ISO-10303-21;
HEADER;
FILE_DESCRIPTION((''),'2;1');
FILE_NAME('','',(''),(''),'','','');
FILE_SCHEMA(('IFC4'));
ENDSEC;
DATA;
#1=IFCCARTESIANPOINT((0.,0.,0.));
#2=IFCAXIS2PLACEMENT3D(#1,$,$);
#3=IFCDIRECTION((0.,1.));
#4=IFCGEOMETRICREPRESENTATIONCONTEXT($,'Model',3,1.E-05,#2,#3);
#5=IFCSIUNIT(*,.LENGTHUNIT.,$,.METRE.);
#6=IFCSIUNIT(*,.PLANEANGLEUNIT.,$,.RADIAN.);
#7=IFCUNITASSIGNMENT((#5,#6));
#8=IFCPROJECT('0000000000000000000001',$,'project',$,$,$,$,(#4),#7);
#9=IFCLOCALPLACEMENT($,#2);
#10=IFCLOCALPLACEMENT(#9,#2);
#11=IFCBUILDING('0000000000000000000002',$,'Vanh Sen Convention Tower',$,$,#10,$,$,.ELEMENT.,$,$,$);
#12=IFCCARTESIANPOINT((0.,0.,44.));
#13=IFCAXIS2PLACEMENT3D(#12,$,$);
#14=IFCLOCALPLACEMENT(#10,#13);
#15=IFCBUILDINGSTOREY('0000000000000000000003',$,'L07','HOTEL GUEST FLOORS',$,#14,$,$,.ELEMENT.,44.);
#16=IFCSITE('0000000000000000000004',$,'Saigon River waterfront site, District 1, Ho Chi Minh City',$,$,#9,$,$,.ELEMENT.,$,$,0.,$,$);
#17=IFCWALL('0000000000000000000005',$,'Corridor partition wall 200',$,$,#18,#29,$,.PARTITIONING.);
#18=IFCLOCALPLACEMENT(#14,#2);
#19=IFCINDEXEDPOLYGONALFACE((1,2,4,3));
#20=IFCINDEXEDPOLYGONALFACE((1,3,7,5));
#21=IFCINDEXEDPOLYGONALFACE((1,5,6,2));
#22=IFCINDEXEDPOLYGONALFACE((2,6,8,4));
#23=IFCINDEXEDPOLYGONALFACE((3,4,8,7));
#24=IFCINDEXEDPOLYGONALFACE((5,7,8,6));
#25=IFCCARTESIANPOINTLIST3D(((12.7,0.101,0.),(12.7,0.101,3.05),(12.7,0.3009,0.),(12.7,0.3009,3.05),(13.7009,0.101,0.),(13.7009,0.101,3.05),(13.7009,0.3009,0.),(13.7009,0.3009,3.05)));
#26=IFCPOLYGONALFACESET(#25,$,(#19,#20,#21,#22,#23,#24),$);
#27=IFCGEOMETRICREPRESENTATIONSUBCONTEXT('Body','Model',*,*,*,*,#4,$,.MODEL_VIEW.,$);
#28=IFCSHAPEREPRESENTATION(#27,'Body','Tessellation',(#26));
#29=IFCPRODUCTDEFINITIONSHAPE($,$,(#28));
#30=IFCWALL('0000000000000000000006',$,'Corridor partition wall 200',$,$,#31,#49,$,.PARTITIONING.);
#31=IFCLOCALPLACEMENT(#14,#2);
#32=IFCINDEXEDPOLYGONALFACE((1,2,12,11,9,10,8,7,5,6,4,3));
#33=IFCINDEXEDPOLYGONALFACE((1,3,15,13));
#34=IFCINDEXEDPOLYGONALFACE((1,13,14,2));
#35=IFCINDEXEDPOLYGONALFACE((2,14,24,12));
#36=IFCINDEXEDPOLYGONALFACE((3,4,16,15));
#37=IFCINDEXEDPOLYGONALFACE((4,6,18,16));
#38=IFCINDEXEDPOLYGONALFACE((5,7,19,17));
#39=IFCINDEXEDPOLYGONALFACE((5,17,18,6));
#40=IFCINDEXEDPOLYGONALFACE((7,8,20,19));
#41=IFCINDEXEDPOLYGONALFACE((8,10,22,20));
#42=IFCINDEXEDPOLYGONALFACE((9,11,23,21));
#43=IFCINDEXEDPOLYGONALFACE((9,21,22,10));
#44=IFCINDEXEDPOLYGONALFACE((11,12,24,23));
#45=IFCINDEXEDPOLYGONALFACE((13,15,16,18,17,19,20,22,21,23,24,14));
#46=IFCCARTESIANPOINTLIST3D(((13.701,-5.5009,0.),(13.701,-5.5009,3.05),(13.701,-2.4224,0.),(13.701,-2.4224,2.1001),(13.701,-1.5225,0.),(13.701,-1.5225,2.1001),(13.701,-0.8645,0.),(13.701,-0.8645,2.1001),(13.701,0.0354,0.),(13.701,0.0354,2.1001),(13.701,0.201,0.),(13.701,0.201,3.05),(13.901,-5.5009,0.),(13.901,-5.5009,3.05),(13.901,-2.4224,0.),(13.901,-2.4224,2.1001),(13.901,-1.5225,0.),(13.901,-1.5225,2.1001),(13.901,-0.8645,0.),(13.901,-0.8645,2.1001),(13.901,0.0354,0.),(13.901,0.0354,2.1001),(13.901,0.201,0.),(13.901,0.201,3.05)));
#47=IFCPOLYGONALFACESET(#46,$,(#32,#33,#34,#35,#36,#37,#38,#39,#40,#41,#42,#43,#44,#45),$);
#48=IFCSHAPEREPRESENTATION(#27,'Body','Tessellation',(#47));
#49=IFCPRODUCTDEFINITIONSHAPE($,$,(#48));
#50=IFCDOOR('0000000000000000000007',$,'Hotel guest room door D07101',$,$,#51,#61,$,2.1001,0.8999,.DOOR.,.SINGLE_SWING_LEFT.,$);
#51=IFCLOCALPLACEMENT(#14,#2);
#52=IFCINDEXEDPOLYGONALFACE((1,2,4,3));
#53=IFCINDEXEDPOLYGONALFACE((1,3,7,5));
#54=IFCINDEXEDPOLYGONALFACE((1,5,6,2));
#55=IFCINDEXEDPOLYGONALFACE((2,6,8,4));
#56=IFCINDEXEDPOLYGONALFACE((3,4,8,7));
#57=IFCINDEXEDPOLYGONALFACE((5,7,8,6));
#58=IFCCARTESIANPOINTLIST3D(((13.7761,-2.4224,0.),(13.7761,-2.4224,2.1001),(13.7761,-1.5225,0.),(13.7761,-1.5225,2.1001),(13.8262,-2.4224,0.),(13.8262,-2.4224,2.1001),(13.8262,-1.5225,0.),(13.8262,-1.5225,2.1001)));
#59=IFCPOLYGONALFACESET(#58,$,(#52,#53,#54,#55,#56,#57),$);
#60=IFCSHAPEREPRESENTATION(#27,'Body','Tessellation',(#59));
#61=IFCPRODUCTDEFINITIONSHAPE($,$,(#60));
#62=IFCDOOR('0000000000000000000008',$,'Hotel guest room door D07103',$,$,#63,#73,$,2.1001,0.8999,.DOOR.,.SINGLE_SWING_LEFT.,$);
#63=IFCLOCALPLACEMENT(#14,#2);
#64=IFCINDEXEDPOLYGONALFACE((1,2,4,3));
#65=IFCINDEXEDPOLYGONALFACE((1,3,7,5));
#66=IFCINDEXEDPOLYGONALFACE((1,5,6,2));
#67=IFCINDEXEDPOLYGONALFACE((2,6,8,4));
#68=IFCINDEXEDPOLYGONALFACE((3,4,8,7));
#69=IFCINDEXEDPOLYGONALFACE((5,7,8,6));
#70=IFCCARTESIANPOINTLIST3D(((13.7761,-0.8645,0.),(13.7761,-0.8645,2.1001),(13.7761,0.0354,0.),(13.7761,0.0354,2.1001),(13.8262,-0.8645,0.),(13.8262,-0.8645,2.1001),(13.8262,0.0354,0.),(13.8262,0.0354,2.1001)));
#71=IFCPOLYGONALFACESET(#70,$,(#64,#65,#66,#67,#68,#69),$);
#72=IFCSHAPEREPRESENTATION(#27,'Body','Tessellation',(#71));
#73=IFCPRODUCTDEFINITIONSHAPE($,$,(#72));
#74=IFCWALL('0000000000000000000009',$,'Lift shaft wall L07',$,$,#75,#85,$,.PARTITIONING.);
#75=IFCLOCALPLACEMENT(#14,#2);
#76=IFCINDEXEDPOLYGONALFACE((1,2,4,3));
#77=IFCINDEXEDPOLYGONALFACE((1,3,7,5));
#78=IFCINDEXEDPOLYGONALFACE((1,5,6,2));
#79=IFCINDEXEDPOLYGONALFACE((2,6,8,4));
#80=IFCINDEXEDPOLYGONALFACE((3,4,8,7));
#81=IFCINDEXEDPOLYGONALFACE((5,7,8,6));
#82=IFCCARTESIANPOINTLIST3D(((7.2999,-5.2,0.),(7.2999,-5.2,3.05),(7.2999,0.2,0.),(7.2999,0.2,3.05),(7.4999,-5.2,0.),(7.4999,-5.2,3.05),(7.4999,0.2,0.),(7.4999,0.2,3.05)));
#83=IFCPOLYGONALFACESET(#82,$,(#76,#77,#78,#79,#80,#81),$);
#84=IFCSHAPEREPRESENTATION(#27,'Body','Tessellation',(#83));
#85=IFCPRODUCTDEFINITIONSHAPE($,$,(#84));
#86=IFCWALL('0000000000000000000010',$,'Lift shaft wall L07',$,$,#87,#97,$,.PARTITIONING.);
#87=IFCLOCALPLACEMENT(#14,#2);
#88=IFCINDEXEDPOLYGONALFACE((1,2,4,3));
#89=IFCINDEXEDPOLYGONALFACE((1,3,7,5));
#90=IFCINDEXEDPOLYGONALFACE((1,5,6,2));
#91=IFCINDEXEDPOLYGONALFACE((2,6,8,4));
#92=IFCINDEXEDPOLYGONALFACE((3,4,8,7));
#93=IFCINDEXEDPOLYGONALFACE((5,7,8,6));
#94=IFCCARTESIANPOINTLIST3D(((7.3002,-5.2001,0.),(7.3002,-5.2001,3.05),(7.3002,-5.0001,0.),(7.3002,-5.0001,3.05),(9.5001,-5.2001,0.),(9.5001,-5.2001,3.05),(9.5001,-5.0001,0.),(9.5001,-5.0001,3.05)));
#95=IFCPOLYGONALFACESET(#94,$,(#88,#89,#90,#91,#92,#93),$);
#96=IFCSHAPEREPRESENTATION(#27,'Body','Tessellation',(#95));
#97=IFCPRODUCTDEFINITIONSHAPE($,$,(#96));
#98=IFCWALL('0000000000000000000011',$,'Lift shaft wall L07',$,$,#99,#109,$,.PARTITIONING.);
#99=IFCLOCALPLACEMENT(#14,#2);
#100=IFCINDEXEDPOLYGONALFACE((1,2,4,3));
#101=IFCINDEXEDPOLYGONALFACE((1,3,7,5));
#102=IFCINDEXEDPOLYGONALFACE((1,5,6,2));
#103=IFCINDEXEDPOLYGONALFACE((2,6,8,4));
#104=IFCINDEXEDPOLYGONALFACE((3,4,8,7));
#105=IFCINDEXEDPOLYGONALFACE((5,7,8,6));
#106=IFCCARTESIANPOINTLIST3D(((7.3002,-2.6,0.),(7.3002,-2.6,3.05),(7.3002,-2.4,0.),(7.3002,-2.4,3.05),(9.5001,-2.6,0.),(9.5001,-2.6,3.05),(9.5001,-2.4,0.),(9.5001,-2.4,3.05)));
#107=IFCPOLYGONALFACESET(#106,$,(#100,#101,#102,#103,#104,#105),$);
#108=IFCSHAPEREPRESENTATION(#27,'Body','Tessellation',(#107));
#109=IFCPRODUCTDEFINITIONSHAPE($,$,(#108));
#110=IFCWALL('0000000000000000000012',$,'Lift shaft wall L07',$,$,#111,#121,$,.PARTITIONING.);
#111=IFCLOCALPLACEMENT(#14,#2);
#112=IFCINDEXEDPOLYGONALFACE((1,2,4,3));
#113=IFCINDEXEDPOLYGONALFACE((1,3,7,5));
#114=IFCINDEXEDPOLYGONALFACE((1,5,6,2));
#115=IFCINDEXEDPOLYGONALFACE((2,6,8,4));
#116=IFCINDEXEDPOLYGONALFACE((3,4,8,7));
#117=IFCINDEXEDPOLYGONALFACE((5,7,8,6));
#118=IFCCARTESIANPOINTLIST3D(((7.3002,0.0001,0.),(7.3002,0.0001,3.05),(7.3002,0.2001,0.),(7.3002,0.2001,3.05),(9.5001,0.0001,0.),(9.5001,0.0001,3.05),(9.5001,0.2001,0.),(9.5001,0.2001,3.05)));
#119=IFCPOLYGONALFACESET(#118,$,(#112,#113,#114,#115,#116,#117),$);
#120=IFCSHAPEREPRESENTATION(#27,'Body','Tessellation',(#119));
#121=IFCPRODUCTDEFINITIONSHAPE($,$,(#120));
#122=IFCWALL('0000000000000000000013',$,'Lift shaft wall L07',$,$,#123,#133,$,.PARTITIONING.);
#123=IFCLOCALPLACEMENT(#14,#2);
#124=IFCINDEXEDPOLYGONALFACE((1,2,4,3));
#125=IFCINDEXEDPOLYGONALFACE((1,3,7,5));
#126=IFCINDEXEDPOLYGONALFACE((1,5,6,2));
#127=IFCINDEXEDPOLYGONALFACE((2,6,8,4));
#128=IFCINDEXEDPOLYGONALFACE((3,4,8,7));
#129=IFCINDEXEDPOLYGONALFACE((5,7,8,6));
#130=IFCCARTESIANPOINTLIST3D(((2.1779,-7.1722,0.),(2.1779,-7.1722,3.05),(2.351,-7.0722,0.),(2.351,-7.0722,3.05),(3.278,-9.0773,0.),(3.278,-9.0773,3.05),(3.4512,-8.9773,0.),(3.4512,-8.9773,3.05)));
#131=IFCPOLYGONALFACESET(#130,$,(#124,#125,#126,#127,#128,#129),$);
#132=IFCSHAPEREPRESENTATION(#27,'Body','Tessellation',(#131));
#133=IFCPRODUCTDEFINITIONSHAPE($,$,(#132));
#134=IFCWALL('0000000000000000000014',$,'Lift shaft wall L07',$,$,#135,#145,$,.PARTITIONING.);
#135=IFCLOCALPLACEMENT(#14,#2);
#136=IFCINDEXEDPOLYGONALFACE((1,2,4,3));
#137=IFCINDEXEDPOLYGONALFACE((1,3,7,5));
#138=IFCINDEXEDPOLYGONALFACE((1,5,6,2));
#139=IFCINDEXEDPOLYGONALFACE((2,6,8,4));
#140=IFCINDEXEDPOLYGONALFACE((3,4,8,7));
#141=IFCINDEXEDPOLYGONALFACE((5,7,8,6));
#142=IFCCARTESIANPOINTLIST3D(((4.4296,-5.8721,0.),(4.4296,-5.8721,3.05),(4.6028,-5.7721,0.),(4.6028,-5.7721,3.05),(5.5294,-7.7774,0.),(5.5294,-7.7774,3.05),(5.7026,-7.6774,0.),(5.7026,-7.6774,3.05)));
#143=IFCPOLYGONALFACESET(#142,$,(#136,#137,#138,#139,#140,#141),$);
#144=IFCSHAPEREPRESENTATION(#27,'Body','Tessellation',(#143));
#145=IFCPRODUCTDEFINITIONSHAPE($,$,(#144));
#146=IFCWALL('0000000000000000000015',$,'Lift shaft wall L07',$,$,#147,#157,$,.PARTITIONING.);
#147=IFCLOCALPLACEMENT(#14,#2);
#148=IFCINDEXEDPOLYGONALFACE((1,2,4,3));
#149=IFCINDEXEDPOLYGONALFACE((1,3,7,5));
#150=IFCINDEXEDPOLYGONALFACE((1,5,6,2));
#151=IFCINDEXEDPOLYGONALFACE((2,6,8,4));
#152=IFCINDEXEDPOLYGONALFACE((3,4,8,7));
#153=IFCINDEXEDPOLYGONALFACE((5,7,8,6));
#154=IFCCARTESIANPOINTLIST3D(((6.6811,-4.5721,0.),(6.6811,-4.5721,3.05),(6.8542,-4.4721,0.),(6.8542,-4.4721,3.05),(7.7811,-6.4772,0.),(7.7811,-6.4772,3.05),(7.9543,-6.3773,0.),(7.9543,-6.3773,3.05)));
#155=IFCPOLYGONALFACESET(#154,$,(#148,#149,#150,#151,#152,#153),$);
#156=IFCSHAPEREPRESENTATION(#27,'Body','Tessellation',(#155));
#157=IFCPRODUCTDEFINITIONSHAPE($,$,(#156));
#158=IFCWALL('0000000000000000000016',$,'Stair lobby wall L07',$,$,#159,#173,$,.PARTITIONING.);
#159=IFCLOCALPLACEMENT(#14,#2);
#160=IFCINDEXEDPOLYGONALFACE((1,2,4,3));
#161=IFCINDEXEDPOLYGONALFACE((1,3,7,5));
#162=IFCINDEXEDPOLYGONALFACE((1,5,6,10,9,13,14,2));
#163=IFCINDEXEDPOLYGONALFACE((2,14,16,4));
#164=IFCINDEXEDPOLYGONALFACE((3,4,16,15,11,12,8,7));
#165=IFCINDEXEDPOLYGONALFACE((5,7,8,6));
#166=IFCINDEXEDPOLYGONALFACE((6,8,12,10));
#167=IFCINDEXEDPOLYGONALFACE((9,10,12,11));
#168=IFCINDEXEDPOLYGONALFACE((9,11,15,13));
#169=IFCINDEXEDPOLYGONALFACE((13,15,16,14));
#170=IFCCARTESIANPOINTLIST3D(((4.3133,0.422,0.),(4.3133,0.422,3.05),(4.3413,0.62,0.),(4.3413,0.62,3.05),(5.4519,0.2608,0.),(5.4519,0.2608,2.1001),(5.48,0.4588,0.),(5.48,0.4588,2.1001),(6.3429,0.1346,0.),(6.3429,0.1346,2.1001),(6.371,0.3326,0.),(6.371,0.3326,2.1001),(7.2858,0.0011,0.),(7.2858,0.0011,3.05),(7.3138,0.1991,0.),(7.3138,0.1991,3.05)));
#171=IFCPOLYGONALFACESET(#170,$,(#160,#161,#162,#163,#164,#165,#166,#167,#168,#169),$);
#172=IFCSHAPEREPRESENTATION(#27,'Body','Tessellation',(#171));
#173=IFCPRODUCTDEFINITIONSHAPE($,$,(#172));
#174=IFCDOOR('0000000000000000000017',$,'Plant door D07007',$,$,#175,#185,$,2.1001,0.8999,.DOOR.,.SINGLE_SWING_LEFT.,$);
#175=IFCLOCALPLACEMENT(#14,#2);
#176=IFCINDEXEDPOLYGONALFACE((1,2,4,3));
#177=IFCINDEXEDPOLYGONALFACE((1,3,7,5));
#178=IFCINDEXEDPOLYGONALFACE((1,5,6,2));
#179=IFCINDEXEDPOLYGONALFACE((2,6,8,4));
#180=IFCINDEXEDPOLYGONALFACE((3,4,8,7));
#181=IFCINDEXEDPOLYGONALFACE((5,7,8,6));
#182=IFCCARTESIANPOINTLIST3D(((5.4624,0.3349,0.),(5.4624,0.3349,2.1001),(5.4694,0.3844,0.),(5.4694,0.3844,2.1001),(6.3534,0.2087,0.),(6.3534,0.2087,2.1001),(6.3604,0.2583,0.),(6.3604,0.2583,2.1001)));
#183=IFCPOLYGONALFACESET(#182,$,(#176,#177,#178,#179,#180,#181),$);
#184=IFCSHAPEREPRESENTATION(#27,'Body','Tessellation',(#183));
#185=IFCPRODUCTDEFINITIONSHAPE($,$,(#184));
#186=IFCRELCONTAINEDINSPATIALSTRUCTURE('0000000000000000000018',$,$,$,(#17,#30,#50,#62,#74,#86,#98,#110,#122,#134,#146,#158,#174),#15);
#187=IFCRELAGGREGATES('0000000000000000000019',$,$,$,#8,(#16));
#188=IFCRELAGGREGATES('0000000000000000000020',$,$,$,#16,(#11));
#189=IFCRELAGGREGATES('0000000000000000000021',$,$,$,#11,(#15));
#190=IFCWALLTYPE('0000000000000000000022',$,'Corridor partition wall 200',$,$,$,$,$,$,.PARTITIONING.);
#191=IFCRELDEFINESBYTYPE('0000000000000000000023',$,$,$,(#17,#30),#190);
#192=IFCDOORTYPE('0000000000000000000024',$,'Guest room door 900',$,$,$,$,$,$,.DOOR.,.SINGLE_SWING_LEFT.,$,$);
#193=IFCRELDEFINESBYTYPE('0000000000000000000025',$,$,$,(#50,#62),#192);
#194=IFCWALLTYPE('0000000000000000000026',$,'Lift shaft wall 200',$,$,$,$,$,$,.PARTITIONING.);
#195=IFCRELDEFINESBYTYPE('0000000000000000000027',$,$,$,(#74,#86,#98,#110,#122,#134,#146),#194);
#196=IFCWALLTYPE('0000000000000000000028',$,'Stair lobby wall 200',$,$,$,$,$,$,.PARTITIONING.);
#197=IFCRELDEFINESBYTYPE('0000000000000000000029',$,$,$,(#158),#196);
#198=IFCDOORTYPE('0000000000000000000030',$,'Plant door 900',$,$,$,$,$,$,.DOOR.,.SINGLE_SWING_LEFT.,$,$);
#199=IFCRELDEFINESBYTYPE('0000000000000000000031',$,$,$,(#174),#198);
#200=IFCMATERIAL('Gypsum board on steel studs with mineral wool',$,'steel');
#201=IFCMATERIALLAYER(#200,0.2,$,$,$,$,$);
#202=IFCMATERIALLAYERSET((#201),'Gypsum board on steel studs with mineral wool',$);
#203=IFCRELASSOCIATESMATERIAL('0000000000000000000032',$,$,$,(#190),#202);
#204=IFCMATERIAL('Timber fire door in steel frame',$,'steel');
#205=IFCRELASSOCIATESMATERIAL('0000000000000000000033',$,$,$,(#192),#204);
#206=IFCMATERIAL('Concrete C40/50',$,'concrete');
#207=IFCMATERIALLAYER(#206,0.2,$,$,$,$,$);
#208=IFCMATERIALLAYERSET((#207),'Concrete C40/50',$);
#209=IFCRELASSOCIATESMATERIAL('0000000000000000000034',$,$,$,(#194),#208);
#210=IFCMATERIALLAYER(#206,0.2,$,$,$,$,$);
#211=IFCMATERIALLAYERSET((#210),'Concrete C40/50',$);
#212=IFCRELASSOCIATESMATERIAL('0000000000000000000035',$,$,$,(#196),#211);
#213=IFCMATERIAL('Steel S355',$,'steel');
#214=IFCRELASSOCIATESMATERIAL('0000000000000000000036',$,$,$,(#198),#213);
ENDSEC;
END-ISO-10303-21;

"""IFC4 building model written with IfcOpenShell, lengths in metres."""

from ifc_helpers import new_model, si_unit, direction, frame, frame_2d, origin, place, context, subcontext, project, spatial, rectangle, extrude, material, layer, layer_set, type_object, element, fill, save


model = new_model("IFC4")

# Units and contexts
model_context = context("Model", 3, precision=1e-05, world=origin(), true_north=direction((0.0, 1.0)))
body_context = subcontext(model_context, "Body", "Model", "MODEL_VIEW")
ifc_project = project(units=[si_unit("LENGTHUNIT", "METRE"), si_unit("PLANEANGLEUNIT", "RADIAN")], contexts=[model_context])

# Site, building, storey
site_placement = place(None, origin())
site = spatial("IfcSite", under=ifc_project, at=site_placement, Name="Saigon River waterfront site, District 1, Ho Chi Minh City", CompositionType="ELEMENT", RefElevation=0.0)
building_placement = place(site_placement, origin())
building = spatial("IfcBuilding", under=site, at=building_placement, Name="Vanh Sen Convention Tower", CompositionType="ELEMENT")
storey_placement = place(building_placement, frame((0.0, 0.0, 44.0)))
storey = spatial("IfcBuildingStorey", under=building, at=storey_placement, Name="L07", Description="HOTEL GUEST FLOORS", CompositionType="ELEMENT", Elevation=44.0)

# Shared definitions
ifc_material_1 = material(Name="Steel S355", Category="steel")

# Shared definitions
ifc_material_2 = material(Name="Gypsum board on steel studs with mineral wool", Category="steel")
ifc_layer_1 = layer(ifc_material_2, 0.2)
ifc_layer_set_1 = layer_set([ifc_layer_1], Name="Gypsum board on steel studs with mineral wool")
wall_type_1 = type_object("IfcWallType", Name="Corridor partition wall 200", PredefinedType="PARTITIONING", material=ifc_layer_set_1)

# Shared definitions
ifc_material_3 = material(Name="Timber fire door in steel frame", Category="steel")

# Wall
wall_1_placement = place(storey_placement, frame((13.7009, 0.2009, 0.0), z_axis=(0.0, 0.0, 1.0), x_axis=(-1.0, 0.0, 0.0)))
element("IfcWall", 1, at=wall_1_placement, inside=storey, type_object=wall_type_1, Name="Corridor partition wall 200", PredefinedType="PARTITIONING", context=body_context, shape_type="SweptSolid", body=[
    extrude(rectangle(XDim=1.001, YDim=0.2, at=frame_2d((0.5005, 0.0))), origin(), (0.0, 0.0, 1.0), 3.05),
])

# Wall, openings, doors
wall_2_placement = place(storey_placement, frame((13.801, -5.501, 0.0), z_axis=(0.0, 0.0, 1.0), x_axis=(0.0, 1.0, 0.0)))
wall_2 = element("IfcWall", 2, at=wall_2_placement, inside=storey, type_object=wall_type_1, Name="Corridor partition wall 200", PredefinedType="PARTITIONING", context=body_context, shape_type="SweptSolid", body=[
    extrude(rectangle(XDim=5.7019, YDim=0.2, at=frame_2d((2.8511, 0.0))), origin(), (0.0, 0.0, 1.0), 3.05),
])
opening_1_placement = place(wall_2_placement, frame((3.0786, 0.0, 0.0)))
opening_1 = element("IfcOpeningElement", 3, at=opening_1_placement, cuts=wall_2, PredefinedType="OPENING", context=body_context, shape_type="SweptSolid", body=[
    extrude(rectangle(XDim=0.8999, YDim=2.1001, at=frame_2d((0.45, 1.05))), frame((0.0, 0.1099, 0.0), z_axis=(0.0, -1.0, 0.0), x_axis=(1.0, 0.0, 0.0)), (0.0, 0.0, 1.0), 0.22),
])
opening_2_placement = place(wall_2_placement, frame((4.6365, 0.0, 0.0)))
opening_2 = element("IfcOpeningElement", 4, at=opening_2_placement, cuts=wall_2, PredefinedType="OPENING", context=body_context, shape_type="SweptSolid", body=[
    extrude(rectangle(XDim=0.8999, YDim=2.1001, at=frame_2d((0.45, 1.05))), frame((0.0, 0.1099, 0.0), z_axis=(0.0, -1.0, 0.0), x_axis=(1.0, 0.0, 0.0)), (0.0, 0.0, 1.0), 0.22),
])
door_type_1 = type_object("IfcDoorType", Name="Guest room door 900", OperationType="SINGLE_SWING_LEFT", PredefinedType="DOOR", material=ifc_material_3)
door_1_placement = place(opening_1_placement, origin())
door_1 = element("IfcDoor", 5, at=door_1_placement, inside=storey, type_object=door_type_1, Name="Hotel guest room door D07101", OperationType="SINGLE_SWING_LEFT", OverallHeight=2.1001, OverallWidth=0.8999, PredefinedType="DOOR", context=body_context, shape_type="SweptSolid", body=[
    extrude(rectangle(XDim=0.8999, YDim=2.1001, at=frame_2d((0.45, 1.05))), frame((0.0, 0.0249, 0.0), z_axis=(0.0, -1.0, 0.0), x_axis=(1.0, 0.0, 0.0)), (0.0, 0.0, 1.0), 0.05),
])
fill(opening_1, door_1)
door_2_placement = place(opening_2_placement, origin())
door_2 = element("IfcDoor", 6, at=door_2_placement, inside=storey, type_object=door_type_1, Name="Hotel guest room door D07103", OperationType="SINGLE_SWING_LEFT", OverallHeight=2.1001, OverallWidth=0.8999, PredefinedType="DOOR", context=body_context, shape_type="SweptSolid", body=[
    extrude(rectangle(XDim=0.8999, YDim=2.1001, at=frame_2d((0.45, 1.05))), frame((0.0, 0.0249, 0.0), z_axis=(0.0, -1.0, 0.0), x_axis=(1.0, 0.0, 0.0)), (0.0, 0.0, 1.0), 0.05),
])
fill(opening_2, door_2)

# Walls
ifc_material_4 = material(Name="Concrete C40/50", Category="concrete")
ifc_layer_2 = layer(ifc_material_4, 0.2)
ifc_layer_set_2 = layer_set([ifc_layer_2], Name="Concrete C40/50")
wall_type_2 = type_object("IfcWallType", Name="Lift shaft wall 200", PredefinedType="PARTITIONING", material=ifc_layer_set_2)
wall_3_placement = place(storey_placement, frame((7.3999, -5.2, 0.0), z_axis=(0.0, 0.0, 1.0), x_axis=(0.0, 1.0, 0.0)))
element("IfcWall", 7, at=wall_3_placement, inside=storey, type_object=wall_type_2, Name="Lift shaft wall L07", PredefinedType="PARTITIONING", context=body_context, shape_type="SweptSolid", body=[
    extrude(rectangle(XDim=5.3999, YDim=0.2, at=frame_2d((2.7, 0.0))), origin(), (0.0, 0.0, 1.0), 3.05),
])
for number, where, z_axis, x_axis, name in (
    (8, (7.3, -5.1001, 0.0), (0.0, 0.0, 1.0), (1.0, 0.0, 0.0), "Lift shaft wall L07"),
    (9, (7.3, -2.5, 0.0), (0.0, 0.0, 1.0), (1.0, 0.0, 0.0), "Lift shaft wall L07"),
    (10, (7.3, 0.1001, 0.0), (0.0, 0.0, 1.0), (1.0, 0.0, 0.0), "Lift shaft wall L07"),
    (11, (2.2644, -7.1221, 0.0), (0.0, 0.0, 1.0), (0.500078, -0.86598, 0.0), "Lift shaft wall L07"),
    (12, (4.5161, -5.822, 0.0), (0.0, 0.0, 1.0), (0.499947, -0.866056, 0.0), "Lift shaft wall L07"),
    (13, (6.7676, -4.522, 0.0), (0.0, 0.0, 1.0), (0.50003, -0.866008, 0.0), "Lift shaft wall L07"),
):
    element("IfcWall", number, at=place(storey_placement, frame(where, z_axis=z_axis, x_axis=x_axis)), inside=storey, type_object=wall_type_2, Name=name, PredefinedType="PARTITIONING", context=body_context, shape_type="SweptSolid", body=[
        extrude(rectangle(XDim=2.2, YDim=0.2, at=frame_2d((1.1001, 0.0))), origin(), (0.0, 0.0, 1.0), 3.05),
    ])

# Wall, opening, door
ifc_layer_3 = layer(ifc_material_4, 0.2)
ifc_layer_set_3 = layer_set([ifc_layer_3], Name="Concrete C40/50")
wall_type_3 = type_object("IfcWallType", Name="Stair lobby wall 200", PredefinedType="PARTITIONING", material=ifc_layer_set_3)
wall_4_placement = place(storey_placement, frame((4.3274, 0.521, 0.0), z_axis=(0.0, 0.0, 1.0), x_axis=(0.990124, -0.140192, 0.0)))
wall_4 = element("IfcWall", 14, at=wall_4_placement, inside=storey, type_object=wall_type_3, Name="Stair lobby wall L07", PredefinedType="PARTITIONING", context=body_context, shape_type="SweptSolid", body=[
    extrude(rectangle(XDim=3.0022, YDim=0.2, at=frame_2d((1.501, 0.0))), origin(), (0.0, 0.0, 1.0), 3.05),
])
opening_3_placement = place(wall_4_placement, frame((1.1499, 0.0, 0.0)))
opening_3 = element("IfcOpeningElement", 15, at=opening_3_placement, cuts=wall_4, PredefinedType="OPENING", context=body_context, shape_type="SweptSolid", body=[
    extrude(rectangle(XDim=0.8999, YDim=2.1001, at=frame_2d((0.45, 1.05))), frame((0.0, 0.1099, 0.0), z_axis=(0.0, -1.0, 0.0), x_axis=(1.0, 0.0, 0.0)), (0.0, 0.0, 1.0), 0.22),
])
door_type_2 = type_object("IfcDoorType", Name="Plant door 900", OperationType="SINGLE_SWING_LEFT", PredefinedType="DOOR", material=ifc_material_1)
door_3_placement = place(opening_3_placement, origin())
door_3 = element("IfcDoor", 16, at=door_3_placement, inside=storey, type_object=door_type_2, Name="Plant door D07007", OperationType="SINGLE_SWING_LEFT", OverallHeight=2.1001, OverallWidth=0.8999, PredefinedType="DOOR", context=body_context, shape_type="SweptSolid", body=[
    extrude(rectangle(XDim=0.8999, YDim=2.1001, at=frame_2d((0.45, 1.05))), frame((0.0, 0.0249, 0.0), z_axis=(0.0, -1.0, 0.0), x_axis=(1.0, 0.0, 0.0)), (0.0, 0.0, 1.0), 0.05),
])
fill(opening_3, door_3)

save(model, "model.ifc")
